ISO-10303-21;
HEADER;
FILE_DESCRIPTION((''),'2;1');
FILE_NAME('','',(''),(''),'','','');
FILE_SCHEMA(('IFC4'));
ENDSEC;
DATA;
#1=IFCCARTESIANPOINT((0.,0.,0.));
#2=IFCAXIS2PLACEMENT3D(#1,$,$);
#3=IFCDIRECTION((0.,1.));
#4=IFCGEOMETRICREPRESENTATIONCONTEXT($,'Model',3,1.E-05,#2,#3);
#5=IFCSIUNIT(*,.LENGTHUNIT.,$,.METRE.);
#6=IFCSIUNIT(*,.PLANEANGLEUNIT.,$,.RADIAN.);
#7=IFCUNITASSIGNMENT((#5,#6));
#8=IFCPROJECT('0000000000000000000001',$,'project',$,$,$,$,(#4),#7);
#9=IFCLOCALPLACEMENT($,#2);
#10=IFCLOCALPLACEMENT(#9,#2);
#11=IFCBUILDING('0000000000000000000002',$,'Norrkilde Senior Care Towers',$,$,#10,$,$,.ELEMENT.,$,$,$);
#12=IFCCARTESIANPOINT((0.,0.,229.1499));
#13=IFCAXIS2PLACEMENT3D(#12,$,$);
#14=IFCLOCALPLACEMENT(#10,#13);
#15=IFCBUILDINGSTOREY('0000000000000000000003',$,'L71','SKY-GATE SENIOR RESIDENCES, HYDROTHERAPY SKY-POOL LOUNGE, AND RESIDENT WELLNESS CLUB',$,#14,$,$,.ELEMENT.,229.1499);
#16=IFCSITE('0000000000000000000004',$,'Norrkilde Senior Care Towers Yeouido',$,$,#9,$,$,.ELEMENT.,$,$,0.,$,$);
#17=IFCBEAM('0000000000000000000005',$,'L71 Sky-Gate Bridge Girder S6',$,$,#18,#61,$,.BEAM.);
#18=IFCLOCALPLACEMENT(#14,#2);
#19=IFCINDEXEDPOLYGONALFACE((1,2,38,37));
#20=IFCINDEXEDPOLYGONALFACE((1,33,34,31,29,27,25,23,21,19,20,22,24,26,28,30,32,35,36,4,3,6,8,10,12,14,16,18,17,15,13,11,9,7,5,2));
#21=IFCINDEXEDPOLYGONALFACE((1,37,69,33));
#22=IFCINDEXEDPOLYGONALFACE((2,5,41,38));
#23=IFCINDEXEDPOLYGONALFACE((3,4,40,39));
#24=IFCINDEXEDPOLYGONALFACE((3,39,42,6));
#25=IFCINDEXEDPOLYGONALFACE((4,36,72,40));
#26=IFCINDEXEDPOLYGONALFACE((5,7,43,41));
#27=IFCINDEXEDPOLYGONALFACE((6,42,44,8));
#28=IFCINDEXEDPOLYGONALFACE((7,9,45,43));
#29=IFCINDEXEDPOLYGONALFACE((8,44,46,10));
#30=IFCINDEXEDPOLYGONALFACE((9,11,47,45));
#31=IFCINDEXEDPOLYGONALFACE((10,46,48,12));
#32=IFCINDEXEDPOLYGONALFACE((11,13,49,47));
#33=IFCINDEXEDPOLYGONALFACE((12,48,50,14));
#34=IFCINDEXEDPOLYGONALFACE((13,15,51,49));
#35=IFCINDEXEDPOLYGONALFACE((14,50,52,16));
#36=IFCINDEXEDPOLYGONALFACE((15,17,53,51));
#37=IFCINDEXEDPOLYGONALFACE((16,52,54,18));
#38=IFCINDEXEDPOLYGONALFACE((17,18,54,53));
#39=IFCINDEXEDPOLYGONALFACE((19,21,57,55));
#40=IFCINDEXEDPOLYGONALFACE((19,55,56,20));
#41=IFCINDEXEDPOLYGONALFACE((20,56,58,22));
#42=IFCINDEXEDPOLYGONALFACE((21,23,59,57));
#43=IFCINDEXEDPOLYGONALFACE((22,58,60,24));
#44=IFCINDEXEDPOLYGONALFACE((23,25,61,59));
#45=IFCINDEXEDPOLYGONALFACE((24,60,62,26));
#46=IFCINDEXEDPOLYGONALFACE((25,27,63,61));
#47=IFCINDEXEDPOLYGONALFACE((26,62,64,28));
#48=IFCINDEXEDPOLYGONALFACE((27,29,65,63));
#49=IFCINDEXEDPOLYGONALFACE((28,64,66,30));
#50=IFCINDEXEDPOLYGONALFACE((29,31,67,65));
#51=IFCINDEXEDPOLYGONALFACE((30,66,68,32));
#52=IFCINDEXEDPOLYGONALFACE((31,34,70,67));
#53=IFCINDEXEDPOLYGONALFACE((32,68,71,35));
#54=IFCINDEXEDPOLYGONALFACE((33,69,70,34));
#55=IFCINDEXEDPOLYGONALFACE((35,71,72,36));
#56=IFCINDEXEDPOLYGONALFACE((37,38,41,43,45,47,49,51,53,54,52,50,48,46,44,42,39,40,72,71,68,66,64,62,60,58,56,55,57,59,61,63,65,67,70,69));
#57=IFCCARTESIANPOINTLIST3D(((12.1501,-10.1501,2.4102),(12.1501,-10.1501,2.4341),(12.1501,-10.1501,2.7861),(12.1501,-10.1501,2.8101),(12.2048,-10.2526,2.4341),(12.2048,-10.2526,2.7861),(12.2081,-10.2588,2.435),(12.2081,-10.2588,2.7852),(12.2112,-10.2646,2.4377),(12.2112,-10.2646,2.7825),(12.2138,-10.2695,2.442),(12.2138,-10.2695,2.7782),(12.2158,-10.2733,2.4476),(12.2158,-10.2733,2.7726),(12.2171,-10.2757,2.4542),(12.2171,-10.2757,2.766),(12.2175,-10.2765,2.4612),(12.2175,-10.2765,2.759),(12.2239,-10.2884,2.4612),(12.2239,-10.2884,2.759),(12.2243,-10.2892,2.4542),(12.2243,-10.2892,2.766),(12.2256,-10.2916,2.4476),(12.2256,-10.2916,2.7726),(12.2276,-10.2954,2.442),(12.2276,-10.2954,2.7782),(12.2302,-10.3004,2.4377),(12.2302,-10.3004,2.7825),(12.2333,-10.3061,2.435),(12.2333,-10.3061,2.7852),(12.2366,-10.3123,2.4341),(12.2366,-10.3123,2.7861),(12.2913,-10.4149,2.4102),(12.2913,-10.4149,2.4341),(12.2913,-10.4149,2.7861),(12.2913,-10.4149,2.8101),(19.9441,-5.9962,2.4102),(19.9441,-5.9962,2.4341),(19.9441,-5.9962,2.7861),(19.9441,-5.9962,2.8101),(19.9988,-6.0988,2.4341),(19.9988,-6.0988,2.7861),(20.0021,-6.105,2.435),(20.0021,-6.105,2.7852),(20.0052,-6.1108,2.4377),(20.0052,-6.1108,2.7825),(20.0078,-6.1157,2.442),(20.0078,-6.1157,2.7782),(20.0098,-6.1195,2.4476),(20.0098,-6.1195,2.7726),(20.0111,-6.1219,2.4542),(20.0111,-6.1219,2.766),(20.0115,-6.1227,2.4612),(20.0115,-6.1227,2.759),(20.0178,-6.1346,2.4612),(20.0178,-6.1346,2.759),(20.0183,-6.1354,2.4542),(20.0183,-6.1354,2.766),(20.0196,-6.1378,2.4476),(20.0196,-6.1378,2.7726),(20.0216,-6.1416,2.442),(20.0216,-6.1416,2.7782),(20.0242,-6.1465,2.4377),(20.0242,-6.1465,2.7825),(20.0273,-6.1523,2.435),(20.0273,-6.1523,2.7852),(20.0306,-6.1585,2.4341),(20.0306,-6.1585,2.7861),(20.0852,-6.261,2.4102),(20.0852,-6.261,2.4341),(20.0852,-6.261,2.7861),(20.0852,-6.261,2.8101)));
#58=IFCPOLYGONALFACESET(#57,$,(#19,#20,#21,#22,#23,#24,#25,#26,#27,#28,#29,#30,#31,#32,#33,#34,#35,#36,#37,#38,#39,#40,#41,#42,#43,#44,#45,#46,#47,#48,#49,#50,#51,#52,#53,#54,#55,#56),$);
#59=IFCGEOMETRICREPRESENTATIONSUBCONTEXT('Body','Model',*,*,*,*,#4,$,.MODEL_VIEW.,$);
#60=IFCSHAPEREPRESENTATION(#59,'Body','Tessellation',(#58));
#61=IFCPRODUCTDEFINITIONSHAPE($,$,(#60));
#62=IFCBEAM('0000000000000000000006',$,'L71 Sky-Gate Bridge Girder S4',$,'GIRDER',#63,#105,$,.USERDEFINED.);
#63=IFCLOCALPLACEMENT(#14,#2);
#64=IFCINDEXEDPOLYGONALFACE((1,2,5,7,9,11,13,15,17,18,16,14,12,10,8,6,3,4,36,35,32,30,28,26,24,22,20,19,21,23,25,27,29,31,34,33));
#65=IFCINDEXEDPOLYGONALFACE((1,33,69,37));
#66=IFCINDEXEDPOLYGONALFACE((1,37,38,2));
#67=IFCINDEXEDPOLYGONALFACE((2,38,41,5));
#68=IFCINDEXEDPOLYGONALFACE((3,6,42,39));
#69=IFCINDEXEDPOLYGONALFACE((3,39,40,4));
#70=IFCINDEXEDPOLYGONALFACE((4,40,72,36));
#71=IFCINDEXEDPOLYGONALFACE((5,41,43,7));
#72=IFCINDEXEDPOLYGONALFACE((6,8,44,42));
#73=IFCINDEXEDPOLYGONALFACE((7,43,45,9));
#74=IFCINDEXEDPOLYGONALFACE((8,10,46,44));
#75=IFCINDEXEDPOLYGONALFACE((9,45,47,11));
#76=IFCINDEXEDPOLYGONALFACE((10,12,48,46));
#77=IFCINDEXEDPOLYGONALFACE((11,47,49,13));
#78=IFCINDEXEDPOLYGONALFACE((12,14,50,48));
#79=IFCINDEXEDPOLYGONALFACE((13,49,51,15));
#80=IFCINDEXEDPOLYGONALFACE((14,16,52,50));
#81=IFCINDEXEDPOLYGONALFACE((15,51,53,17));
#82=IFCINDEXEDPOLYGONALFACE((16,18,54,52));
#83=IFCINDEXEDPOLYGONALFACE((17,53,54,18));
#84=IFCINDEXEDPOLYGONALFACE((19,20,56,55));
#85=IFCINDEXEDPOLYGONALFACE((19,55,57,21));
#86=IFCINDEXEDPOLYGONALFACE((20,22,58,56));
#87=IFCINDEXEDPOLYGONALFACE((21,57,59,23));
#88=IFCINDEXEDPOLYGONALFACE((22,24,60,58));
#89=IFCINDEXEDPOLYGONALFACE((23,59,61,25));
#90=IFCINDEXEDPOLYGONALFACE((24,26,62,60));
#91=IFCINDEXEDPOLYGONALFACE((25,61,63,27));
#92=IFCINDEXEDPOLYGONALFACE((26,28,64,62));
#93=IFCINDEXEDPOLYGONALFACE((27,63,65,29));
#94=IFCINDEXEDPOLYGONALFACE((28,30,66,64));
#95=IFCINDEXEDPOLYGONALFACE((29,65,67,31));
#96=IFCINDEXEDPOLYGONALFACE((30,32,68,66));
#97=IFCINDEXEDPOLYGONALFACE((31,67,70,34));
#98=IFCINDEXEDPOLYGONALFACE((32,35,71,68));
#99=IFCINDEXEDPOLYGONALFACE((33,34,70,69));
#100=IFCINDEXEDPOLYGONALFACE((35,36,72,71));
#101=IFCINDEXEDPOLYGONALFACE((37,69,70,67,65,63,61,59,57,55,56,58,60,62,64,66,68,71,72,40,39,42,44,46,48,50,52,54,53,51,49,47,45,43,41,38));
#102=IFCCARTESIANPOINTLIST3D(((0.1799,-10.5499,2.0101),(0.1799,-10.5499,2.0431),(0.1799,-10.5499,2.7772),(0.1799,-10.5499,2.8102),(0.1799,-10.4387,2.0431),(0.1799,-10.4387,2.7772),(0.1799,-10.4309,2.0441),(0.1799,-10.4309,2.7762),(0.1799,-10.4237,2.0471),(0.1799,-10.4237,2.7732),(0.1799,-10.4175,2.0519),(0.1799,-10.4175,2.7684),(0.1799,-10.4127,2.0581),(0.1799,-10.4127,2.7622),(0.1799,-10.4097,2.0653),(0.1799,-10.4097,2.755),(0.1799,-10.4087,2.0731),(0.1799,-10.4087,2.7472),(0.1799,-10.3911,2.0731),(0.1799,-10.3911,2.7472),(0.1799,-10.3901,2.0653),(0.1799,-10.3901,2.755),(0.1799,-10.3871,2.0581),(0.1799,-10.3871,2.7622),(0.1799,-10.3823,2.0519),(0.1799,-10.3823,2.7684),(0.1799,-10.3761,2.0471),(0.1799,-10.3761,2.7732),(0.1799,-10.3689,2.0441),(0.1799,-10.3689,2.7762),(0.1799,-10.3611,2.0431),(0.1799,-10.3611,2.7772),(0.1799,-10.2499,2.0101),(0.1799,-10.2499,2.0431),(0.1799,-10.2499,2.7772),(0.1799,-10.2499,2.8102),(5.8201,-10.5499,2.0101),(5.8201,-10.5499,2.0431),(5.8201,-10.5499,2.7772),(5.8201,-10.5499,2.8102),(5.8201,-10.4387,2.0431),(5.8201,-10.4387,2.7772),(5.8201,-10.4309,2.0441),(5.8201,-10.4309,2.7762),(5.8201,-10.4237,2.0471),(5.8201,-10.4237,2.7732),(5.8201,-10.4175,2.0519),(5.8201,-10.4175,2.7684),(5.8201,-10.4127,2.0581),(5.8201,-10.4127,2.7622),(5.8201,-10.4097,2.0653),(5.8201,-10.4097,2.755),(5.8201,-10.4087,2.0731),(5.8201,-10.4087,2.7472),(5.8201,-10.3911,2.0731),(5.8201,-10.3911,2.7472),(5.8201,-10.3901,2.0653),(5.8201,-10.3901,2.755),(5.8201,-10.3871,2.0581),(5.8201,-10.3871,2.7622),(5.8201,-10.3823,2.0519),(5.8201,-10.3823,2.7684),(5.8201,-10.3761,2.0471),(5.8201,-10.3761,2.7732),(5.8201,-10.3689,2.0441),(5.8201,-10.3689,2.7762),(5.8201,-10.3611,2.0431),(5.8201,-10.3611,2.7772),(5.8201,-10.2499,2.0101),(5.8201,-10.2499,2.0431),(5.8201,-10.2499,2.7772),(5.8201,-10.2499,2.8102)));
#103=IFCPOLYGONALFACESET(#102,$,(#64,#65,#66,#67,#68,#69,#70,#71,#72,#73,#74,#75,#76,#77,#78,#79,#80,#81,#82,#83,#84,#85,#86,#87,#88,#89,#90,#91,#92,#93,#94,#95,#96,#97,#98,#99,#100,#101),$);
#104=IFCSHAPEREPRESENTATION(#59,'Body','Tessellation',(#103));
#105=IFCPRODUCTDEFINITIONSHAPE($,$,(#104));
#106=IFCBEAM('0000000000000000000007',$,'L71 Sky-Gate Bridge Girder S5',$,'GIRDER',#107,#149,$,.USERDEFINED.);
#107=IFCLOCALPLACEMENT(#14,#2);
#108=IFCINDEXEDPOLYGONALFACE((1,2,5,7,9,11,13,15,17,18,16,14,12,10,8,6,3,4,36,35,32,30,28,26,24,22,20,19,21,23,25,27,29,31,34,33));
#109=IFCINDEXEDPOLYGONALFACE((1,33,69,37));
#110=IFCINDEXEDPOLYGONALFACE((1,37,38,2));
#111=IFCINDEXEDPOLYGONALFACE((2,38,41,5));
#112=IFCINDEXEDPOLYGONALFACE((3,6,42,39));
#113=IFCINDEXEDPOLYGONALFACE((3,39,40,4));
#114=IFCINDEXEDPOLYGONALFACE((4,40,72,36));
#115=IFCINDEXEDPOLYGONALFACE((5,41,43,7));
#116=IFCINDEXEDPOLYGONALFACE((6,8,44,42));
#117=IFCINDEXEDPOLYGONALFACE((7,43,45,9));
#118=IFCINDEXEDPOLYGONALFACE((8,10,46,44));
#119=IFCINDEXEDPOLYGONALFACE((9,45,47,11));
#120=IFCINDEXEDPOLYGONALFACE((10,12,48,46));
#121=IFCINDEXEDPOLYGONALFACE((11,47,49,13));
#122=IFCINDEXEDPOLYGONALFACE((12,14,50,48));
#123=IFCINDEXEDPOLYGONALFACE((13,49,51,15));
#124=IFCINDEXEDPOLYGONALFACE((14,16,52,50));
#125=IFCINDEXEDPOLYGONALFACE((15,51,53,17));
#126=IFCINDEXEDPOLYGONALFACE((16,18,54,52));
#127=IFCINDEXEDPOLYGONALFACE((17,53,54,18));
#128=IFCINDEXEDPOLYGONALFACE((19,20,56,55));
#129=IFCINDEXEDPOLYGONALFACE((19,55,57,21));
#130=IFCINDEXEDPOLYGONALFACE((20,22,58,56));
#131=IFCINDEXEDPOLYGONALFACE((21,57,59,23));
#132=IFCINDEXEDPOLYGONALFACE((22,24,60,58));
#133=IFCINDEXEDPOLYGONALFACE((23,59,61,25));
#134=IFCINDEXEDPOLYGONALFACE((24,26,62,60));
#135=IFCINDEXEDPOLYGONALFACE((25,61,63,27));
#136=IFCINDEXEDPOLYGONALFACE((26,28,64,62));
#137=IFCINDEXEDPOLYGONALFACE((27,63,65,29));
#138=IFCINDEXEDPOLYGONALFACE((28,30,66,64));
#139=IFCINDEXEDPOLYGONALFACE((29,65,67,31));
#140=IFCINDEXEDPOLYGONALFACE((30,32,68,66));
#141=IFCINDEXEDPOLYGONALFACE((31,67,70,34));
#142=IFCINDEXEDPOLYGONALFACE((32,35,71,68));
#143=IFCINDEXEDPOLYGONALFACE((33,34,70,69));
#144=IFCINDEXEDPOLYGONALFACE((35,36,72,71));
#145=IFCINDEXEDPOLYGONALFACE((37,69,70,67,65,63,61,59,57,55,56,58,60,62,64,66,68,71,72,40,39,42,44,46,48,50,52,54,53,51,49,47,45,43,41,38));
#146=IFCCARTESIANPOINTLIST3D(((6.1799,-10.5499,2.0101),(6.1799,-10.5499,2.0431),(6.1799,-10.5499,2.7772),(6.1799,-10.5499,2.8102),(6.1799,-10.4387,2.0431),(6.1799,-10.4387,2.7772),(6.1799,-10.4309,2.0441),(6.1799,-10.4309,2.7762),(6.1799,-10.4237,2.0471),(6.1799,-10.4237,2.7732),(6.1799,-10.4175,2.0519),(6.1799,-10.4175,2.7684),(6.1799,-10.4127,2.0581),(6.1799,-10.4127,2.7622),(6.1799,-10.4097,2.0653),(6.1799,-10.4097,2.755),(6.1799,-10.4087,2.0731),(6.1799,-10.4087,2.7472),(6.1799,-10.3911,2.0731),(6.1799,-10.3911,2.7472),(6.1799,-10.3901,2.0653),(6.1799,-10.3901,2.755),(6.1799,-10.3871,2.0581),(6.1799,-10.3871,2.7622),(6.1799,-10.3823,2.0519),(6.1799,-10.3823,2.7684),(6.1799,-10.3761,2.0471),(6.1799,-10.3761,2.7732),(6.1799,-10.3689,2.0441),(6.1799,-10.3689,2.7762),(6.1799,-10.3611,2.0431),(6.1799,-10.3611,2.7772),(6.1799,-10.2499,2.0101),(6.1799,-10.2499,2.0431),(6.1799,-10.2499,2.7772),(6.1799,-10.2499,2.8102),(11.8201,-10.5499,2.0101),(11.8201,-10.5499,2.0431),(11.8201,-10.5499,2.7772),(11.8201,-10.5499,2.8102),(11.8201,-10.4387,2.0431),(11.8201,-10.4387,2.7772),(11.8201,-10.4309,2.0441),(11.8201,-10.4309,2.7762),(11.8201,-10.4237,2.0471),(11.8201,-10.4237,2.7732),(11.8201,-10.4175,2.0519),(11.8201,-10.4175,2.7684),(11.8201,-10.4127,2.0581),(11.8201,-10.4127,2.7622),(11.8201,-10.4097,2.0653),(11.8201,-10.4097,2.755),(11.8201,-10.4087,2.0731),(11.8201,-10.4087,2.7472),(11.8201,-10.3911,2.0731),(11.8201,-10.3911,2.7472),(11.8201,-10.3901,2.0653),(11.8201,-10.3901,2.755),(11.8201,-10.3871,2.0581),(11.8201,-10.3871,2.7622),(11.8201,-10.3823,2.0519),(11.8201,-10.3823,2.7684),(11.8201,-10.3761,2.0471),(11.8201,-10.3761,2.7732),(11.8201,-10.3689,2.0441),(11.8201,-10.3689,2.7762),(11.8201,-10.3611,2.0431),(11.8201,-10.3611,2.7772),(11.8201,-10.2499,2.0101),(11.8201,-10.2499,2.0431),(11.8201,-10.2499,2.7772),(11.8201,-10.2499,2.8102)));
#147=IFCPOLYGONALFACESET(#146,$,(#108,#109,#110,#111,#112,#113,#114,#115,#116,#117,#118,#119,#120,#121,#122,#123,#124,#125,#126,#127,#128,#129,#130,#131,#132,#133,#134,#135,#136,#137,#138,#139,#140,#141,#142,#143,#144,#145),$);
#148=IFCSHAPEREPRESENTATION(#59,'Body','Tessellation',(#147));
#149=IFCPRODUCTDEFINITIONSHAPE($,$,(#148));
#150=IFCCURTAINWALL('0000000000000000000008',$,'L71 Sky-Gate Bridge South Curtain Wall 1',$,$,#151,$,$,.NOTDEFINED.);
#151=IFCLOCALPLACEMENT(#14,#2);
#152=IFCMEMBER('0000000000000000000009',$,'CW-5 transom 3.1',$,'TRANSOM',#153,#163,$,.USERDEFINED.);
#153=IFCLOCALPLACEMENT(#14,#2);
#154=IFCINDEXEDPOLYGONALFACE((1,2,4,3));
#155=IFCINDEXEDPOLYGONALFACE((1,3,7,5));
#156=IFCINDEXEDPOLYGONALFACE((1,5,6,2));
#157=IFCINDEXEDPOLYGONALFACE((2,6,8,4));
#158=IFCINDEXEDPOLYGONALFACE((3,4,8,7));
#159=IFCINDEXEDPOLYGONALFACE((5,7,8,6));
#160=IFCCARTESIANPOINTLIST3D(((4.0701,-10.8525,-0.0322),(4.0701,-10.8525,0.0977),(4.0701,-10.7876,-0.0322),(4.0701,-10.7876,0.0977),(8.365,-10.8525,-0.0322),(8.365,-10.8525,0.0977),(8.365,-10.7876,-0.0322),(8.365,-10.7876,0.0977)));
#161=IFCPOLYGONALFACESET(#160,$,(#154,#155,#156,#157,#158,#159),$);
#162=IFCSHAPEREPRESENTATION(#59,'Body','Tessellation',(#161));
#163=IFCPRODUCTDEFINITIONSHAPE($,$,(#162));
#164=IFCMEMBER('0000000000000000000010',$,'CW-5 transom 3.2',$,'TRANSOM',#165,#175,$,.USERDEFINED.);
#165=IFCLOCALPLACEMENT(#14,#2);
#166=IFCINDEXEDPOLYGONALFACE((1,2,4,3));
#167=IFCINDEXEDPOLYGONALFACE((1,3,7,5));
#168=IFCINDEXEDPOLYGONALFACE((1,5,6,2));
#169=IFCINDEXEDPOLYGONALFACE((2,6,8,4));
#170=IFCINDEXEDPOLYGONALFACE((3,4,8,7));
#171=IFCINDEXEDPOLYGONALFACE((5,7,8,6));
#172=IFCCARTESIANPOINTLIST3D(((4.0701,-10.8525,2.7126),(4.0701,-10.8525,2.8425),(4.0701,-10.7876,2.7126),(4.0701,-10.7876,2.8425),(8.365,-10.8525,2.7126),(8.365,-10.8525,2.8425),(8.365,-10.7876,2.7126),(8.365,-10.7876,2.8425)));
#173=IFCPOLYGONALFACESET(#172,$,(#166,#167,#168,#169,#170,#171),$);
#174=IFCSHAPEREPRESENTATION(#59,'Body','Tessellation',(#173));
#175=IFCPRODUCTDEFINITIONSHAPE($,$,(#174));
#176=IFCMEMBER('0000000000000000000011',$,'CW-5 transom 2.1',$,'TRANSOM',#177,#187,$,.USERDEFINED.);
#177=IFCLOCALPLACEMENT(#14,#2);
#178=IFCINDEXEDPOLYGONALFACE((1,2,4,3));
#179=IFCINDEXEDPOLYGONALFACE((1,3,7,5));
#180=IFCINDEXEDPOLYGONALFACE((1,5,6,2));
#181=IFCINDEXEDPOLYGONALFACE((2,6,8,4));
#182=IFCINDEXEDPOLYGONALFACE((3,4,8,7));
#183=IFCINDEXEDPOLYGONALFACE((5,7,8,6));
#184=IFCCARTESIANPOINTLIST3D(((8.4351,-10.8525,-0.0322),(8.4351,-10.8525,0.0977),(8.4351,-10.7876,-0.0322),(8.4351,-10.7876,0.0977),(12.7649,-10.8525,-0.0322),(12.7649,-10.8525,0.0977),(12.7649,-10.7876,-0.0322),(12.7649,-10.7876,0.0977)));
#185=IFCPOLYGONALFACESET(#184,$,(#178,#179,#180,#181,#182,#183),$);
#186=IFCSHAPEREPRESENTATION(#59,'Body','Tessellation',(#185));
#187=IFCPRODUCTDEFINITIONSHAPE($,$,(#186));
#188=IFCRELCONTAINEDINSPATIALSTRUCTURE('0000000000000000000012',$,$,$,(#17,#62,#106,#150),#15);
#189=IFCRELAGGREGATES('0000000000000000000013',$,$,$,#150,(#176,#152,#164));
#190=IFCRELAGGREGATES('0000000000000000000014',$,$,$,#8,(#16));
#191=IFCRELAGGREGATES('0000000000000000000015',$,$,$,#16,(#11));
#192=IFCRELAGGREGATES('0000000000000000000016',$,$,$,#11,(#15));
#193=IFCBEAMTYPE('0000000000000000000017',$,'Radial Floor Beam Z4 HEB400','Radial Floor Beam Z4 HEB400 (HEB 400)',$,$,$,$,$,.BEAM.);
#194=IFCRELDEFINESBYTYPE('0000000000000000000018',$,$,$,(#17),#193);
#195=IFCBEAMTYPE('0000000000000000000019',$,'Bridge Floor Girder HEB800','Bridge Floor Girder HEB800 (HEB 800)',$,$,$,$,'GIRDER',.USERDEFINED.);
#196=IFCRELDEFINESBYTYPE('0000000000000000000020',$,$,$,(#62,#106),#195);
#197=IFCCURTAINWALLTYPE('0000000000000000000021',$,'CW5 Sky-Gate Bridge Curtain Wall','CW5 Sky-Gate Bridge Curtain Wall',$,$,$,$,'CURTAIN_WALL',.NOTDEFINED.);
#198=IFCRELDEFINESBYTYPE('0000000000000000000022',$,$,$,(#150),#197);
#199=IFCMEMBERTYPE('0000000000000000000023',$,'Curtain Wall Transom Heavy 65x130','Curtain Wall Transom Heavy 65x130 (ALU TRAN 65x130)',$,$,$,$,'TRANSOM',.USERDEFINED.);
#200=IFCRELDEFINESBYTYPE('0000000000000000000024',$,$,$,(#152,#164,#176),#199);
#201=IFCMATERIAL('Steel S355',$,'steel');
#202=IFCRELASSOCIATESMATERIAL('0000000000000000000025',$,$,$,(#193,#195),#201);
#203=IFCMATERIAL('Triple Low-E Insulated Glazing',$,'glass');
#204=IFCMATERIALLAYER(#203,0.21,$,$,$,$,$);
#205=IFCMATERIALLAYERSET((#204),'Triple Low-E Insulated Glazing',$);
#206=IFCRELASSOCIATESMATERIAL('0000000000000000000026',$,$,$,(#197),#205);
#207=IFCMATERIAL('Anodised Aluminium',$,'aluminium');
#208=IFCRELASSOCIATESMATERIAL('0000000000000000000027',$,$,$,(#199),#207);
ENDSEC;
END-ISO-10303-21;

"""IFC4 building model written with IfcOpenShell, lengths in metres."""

from ifc_helpers import new_model, si_unit, direction, frame, origin, origin_2d, place, context, subcontext, project, spatial, rectangle, i_section, extrude, source, transform, mapped, material, layer, layer_set, material_profile, profile_set, type_object, type_shapes, element, aggregate, save


model = new_model("IFC4")

# Units and contexts
model_context = context("Model", 3, precision=1e-05, world=origin(), true_north=direction((0.0, 1.0)))
body_context = subcontext(model_context, "Body", "Model", "MODEL_VIEW")
ifc_project = project(units=[si_unit("LENGTHUNIT", "METRE"), si_unit("PLANEANGLEUNIT", "RADIAN")], contexts=[model_context])

# Site, building, storey
site_placement = place(None, origin())
site = spatial("IfcSite", under=ifc_project, at=site_placement, Name="Norrkilde Senior Care Towers Yeouido", CompositionType="ELEMENT", RefElevation=0.0)
building_placement = place(site_placement, origin())
building = spatial("IfcBuilding", under=site, at=building_placement, Name="Norrkilde Senior Care Towers", CompositionType="ELEMENT")
storey_placement = place(building_placement, frame((0.0, 0.0, 229.1499)))
storey = spatial("IfcBuildingStorey", under=building, at=storey_placement, Name="L71", Description="SKY-GATE SENIOR RESIDENCES, HYDROTHERAPY SKY-POOL LOUNGE, AND RESIDENT WELLNESS CLUB", CompositionType="ELEMENT", Elevation=229.1499)

# Shared definitions
ifc_material_1 = material(Name="Steel S355", Category="steel")

# Beams
ifc_material_profile_1 = material_profile(ifc_material_1, i_section(OverallWidth=0.3, OverallDepth=0.3999, WebThickness=0.0134, FlangeThickness=0.0239, FilletRadius=0.0271, at=origin_2d()), Name="HEB 400")
ifc_profile_set_1 = profile_set([ifc_material_profile_1], Name="Steel S355")
beam_type_1 = type_object("IfcBeamType", Name="Radial Floor Beam Z4 HEB400", Description="Radial Floor Beam Z4 HEB400 (HEB 400)", PredefinedType="BEAM", material=ifc_profile_set_1)
shared_shape_1 = source(origin(), body_context, "Body", "SweptSolid", [
    extrude(i_section(OverallWidth=0.3, OverallDepth=0.3999, WebThickness=0.0134, FlangeThickness=0.0239, FilletRadius=0.0271, at=origin_2d()), origin(), (0.0, 0.0, 1.0), 8.8318),
])
type_shapes(beam_type_1, [shared_shape_1])
beam_1_placement = place(storey_placement, frame((12.2207, -10.2825, 2.6101), z_axis=(0.882492, 0.470327, 0.0), x_axis=(-0.470327, 0.882492, 0.0)))
element("IfcBeam", 1, at=beam_1_placement, inside=storey, type_object=beam_type_1, Name="L71 Sky-Gate Bridge Girder S6", PredefinedType="BEAM", context=body_context, shape_type="MappedRepresentation", body=[
    mapped(shared_shape_1, transform((0.0, 0.0, 0.0), x_axis=(1.0, 0.0, 0.0), y_axis=(0.0, 1.0, 0.0), z_axis=(0.0, 0.0, 1.0), scale=1.0)),
])
ifc_material_profile_2 = material_profile(ifc_material_1, i_section(OverallWidth=0.3, OverallDepth=0.8, WebThickness=0.0176, FlangeThickness=0.033, FilletRadius=0.03, at=origin_2d()), Name="HEB 800")
ifc_profile_set_2 = profile_set([ifc_material_profile_2], Name="Steel S355")
beam_type_2 = type_object("IfcBeamType", Name="Bridge Floor Girder HEB800", Description="Bridge Floor Girder HEB800 (HEB 800)", ElementType="GIRDER", PredefinedType="USERDEFINED", material=ifc_profile_set_2)
shared_shape_2 = source(origin(), body_context, "Body", "SweptSolid", [
    extrude(i_section(OverallWidth=0.3, OverallDepth=0.8, WebThickness=0.0176, FlangeThickness=0.033, FilletRadius=0.03, at=origin_2d()), origin(), (0.0, 0.0, 1.0), 5.6401),
])
type_shapes(beam_type_2, [shared_shape_2])
for number, where, z_axis, x_axis, name in (
    (2, (0.1799, -10.3999, 2.4102), (1.0, 0.0, 0.0), (0.0, 1.0, 0.0), "L71 Sky-Gate Bridge Girder S4"),
    (3, (6.1799, -10.3999, 2.4102), (1.0, 0.0, 0.0), (0.0, 1.0, 0.0), "L71 Sky-Gate Bridge Girder S5"),
):
    element("IfcBeam", number, at=place(storey_placement, frame(where, z_axis=z_axis, x_axis=x_axis)), inside=storey, type_object=beam_type_2, Name=name, ObjectType="GIRDER", PredefinedType="USERDEFINED", context=body_context, shape_type="MappedRepresentation", body=[
        mapped(shared_shape_2, transform((0.0, 0.0, 0.0), x_axis=(1.0, 0.0, 0.0), y_axis=(0.0, 1.0, 0.0), z_axis=(0.0, 0.0, 1.0), scale=1.0)),
    ])

# Curtain wall, members
ifc_material_2 = material(Name="Triple Low-E Insulated Glazing", Category="glass")
ifc_layer_1 = layer(ifc_material_2, 0.21)
ifc_layer_set_1 = layer_set([ifc_layer_1], Name="Triple Low-E Insulated Glazing")
curtain_wall_type = type_object("IfcCurtainWallType", Name="CW5 Sky-Gate Bridge Curtain Wall", Description="CW5 Sky-Gate Bridge Curtain Wall", ElementType="CURTAIN_WALL", PredefinedType="NOTDEFINED", material=ifc_layer_set_1)
curtain_wall_1_placement = place(storey_placement, origin())
curtain_wall_1 = element("IfcCurtainWall", 4, at=curtain_wall_1_placement, inside=storey, type_object=curtain_wall_type, Name="L71 Sky-Gate Bridge South Curtain Wall 1", PredefinedType="NOTDEFINED")
ifc_material_3 = material(Name="Anodised Aluminium", Category="aluminium")
ifc_material_profile_3 = material_profile(ifc_material_3, rectangle(XDim=0.0649, YDim=0.1299, at=origin_2d()), Name="ALU TRAN 65x130")
ifc_profile_set_3 = profile_set([ifc_material_profile_3], Name="Anodised Aluminium")
member_type_1 = type_object("IfcMemberType", Name="Curtain Wall Transom Heavy 65x130", Description="Curtain Wall Transom Heavy 65x130 (ALU TRAN 65x130)", ElementType="TRANSOM", PredefinedType="USERDEFINED", material=ifc_profile_set_3)
shared_shape_3 = source(origin(), body_context, "Body", "SweptSolid", [
    extrude(rectangle(XDim=0.0649, YDim=0.1299, at=origin_2d()), origin(), (0.0, 0.0, 1.0), 4.2949),
])
member_1_placement = place(storey_placement, frame((8.365, -10.8201, 0.0327), z_axis=(-1.0, 0.0, 0.0), x_axis=(0.0, -1.0, 0.0)))
member_1 = element("IfcMember", 5, at=member_1_placement, type_object=member_type_1, Name="CW-5 transom 3.1", ObjectType="TRANSOM", PredefinedType="USERDEFINED", context=body_context, shape_type="MappedRepresentation", body=[
    mapped(shared_shape_3, transform((0.0, 0.0, 0.0), x_axis=(1.0, 0.0, 0.0), y_axis=(0.0, 1.0, 0.0), z_axis=(0.0, 0.0, 1.0), scale=1.0)),
])
member_2_placement = place(storey_placement, frame((8.365, -10.8201, 2.7776), z_axis=(-1.0, 0.0, 0.0), x_axis=(0.0, -1.0, 0.0)))
member_2 = element("IfcMember", 6, at=member_2_placement, type_object=member_type_1, Name="CW-5 transom 3.2", ObjectType="TRANSOM", PredefinedType="USERDEFINED", context=body_context, shape_type="MappedRepresentation", body=[
    mapped(shared_shape_3, transform((0.0, 0.0, 0.0), x_axis=(1.0, 0.0, 0.0), y_axis=(0.0, 1.0, 0.0), z_axis=(0.0, 0.0, 1.0), scale=1.0)),
])
shared_shape_4 = source(origin(), body_context, "Body", "SweptSolid", [
    extrude(rectangle(XDim=0.0649, YDim=0.1299, at=origin_2d()), origin(), (0.0, 0.0, 1.0), 4.3298),
])
member_3_placement = place(storey_placement, frame((12.7649, -10.8201, 0.0327), z_axis=(-1.0, 0.0, 0.0), x_axis=(0.0, -1.0, 0.0)))
member_3 = element("IfcMember", 7, at=member_3_placement, type_object=member_type_1, Name="CW-5 transom 2.1", ObjectType="TRANSOM", PredefinedType="USERDEFINED", context=body_context, shape_type="MappedRepresentation", body=[
    mapped(shared_shape_4, transform((0.0, 0.0, 0.0), x_axis=(1.0, 0.0, 0.0), y_axis=(0.0, 1.0, 0.0), z_axis=(0.0, 0.0, 1.0), scale=1.0)),
])

aggregate(curtain_wall_1, [member_3, member_1, member_2])

save(model, "model.ifc")
